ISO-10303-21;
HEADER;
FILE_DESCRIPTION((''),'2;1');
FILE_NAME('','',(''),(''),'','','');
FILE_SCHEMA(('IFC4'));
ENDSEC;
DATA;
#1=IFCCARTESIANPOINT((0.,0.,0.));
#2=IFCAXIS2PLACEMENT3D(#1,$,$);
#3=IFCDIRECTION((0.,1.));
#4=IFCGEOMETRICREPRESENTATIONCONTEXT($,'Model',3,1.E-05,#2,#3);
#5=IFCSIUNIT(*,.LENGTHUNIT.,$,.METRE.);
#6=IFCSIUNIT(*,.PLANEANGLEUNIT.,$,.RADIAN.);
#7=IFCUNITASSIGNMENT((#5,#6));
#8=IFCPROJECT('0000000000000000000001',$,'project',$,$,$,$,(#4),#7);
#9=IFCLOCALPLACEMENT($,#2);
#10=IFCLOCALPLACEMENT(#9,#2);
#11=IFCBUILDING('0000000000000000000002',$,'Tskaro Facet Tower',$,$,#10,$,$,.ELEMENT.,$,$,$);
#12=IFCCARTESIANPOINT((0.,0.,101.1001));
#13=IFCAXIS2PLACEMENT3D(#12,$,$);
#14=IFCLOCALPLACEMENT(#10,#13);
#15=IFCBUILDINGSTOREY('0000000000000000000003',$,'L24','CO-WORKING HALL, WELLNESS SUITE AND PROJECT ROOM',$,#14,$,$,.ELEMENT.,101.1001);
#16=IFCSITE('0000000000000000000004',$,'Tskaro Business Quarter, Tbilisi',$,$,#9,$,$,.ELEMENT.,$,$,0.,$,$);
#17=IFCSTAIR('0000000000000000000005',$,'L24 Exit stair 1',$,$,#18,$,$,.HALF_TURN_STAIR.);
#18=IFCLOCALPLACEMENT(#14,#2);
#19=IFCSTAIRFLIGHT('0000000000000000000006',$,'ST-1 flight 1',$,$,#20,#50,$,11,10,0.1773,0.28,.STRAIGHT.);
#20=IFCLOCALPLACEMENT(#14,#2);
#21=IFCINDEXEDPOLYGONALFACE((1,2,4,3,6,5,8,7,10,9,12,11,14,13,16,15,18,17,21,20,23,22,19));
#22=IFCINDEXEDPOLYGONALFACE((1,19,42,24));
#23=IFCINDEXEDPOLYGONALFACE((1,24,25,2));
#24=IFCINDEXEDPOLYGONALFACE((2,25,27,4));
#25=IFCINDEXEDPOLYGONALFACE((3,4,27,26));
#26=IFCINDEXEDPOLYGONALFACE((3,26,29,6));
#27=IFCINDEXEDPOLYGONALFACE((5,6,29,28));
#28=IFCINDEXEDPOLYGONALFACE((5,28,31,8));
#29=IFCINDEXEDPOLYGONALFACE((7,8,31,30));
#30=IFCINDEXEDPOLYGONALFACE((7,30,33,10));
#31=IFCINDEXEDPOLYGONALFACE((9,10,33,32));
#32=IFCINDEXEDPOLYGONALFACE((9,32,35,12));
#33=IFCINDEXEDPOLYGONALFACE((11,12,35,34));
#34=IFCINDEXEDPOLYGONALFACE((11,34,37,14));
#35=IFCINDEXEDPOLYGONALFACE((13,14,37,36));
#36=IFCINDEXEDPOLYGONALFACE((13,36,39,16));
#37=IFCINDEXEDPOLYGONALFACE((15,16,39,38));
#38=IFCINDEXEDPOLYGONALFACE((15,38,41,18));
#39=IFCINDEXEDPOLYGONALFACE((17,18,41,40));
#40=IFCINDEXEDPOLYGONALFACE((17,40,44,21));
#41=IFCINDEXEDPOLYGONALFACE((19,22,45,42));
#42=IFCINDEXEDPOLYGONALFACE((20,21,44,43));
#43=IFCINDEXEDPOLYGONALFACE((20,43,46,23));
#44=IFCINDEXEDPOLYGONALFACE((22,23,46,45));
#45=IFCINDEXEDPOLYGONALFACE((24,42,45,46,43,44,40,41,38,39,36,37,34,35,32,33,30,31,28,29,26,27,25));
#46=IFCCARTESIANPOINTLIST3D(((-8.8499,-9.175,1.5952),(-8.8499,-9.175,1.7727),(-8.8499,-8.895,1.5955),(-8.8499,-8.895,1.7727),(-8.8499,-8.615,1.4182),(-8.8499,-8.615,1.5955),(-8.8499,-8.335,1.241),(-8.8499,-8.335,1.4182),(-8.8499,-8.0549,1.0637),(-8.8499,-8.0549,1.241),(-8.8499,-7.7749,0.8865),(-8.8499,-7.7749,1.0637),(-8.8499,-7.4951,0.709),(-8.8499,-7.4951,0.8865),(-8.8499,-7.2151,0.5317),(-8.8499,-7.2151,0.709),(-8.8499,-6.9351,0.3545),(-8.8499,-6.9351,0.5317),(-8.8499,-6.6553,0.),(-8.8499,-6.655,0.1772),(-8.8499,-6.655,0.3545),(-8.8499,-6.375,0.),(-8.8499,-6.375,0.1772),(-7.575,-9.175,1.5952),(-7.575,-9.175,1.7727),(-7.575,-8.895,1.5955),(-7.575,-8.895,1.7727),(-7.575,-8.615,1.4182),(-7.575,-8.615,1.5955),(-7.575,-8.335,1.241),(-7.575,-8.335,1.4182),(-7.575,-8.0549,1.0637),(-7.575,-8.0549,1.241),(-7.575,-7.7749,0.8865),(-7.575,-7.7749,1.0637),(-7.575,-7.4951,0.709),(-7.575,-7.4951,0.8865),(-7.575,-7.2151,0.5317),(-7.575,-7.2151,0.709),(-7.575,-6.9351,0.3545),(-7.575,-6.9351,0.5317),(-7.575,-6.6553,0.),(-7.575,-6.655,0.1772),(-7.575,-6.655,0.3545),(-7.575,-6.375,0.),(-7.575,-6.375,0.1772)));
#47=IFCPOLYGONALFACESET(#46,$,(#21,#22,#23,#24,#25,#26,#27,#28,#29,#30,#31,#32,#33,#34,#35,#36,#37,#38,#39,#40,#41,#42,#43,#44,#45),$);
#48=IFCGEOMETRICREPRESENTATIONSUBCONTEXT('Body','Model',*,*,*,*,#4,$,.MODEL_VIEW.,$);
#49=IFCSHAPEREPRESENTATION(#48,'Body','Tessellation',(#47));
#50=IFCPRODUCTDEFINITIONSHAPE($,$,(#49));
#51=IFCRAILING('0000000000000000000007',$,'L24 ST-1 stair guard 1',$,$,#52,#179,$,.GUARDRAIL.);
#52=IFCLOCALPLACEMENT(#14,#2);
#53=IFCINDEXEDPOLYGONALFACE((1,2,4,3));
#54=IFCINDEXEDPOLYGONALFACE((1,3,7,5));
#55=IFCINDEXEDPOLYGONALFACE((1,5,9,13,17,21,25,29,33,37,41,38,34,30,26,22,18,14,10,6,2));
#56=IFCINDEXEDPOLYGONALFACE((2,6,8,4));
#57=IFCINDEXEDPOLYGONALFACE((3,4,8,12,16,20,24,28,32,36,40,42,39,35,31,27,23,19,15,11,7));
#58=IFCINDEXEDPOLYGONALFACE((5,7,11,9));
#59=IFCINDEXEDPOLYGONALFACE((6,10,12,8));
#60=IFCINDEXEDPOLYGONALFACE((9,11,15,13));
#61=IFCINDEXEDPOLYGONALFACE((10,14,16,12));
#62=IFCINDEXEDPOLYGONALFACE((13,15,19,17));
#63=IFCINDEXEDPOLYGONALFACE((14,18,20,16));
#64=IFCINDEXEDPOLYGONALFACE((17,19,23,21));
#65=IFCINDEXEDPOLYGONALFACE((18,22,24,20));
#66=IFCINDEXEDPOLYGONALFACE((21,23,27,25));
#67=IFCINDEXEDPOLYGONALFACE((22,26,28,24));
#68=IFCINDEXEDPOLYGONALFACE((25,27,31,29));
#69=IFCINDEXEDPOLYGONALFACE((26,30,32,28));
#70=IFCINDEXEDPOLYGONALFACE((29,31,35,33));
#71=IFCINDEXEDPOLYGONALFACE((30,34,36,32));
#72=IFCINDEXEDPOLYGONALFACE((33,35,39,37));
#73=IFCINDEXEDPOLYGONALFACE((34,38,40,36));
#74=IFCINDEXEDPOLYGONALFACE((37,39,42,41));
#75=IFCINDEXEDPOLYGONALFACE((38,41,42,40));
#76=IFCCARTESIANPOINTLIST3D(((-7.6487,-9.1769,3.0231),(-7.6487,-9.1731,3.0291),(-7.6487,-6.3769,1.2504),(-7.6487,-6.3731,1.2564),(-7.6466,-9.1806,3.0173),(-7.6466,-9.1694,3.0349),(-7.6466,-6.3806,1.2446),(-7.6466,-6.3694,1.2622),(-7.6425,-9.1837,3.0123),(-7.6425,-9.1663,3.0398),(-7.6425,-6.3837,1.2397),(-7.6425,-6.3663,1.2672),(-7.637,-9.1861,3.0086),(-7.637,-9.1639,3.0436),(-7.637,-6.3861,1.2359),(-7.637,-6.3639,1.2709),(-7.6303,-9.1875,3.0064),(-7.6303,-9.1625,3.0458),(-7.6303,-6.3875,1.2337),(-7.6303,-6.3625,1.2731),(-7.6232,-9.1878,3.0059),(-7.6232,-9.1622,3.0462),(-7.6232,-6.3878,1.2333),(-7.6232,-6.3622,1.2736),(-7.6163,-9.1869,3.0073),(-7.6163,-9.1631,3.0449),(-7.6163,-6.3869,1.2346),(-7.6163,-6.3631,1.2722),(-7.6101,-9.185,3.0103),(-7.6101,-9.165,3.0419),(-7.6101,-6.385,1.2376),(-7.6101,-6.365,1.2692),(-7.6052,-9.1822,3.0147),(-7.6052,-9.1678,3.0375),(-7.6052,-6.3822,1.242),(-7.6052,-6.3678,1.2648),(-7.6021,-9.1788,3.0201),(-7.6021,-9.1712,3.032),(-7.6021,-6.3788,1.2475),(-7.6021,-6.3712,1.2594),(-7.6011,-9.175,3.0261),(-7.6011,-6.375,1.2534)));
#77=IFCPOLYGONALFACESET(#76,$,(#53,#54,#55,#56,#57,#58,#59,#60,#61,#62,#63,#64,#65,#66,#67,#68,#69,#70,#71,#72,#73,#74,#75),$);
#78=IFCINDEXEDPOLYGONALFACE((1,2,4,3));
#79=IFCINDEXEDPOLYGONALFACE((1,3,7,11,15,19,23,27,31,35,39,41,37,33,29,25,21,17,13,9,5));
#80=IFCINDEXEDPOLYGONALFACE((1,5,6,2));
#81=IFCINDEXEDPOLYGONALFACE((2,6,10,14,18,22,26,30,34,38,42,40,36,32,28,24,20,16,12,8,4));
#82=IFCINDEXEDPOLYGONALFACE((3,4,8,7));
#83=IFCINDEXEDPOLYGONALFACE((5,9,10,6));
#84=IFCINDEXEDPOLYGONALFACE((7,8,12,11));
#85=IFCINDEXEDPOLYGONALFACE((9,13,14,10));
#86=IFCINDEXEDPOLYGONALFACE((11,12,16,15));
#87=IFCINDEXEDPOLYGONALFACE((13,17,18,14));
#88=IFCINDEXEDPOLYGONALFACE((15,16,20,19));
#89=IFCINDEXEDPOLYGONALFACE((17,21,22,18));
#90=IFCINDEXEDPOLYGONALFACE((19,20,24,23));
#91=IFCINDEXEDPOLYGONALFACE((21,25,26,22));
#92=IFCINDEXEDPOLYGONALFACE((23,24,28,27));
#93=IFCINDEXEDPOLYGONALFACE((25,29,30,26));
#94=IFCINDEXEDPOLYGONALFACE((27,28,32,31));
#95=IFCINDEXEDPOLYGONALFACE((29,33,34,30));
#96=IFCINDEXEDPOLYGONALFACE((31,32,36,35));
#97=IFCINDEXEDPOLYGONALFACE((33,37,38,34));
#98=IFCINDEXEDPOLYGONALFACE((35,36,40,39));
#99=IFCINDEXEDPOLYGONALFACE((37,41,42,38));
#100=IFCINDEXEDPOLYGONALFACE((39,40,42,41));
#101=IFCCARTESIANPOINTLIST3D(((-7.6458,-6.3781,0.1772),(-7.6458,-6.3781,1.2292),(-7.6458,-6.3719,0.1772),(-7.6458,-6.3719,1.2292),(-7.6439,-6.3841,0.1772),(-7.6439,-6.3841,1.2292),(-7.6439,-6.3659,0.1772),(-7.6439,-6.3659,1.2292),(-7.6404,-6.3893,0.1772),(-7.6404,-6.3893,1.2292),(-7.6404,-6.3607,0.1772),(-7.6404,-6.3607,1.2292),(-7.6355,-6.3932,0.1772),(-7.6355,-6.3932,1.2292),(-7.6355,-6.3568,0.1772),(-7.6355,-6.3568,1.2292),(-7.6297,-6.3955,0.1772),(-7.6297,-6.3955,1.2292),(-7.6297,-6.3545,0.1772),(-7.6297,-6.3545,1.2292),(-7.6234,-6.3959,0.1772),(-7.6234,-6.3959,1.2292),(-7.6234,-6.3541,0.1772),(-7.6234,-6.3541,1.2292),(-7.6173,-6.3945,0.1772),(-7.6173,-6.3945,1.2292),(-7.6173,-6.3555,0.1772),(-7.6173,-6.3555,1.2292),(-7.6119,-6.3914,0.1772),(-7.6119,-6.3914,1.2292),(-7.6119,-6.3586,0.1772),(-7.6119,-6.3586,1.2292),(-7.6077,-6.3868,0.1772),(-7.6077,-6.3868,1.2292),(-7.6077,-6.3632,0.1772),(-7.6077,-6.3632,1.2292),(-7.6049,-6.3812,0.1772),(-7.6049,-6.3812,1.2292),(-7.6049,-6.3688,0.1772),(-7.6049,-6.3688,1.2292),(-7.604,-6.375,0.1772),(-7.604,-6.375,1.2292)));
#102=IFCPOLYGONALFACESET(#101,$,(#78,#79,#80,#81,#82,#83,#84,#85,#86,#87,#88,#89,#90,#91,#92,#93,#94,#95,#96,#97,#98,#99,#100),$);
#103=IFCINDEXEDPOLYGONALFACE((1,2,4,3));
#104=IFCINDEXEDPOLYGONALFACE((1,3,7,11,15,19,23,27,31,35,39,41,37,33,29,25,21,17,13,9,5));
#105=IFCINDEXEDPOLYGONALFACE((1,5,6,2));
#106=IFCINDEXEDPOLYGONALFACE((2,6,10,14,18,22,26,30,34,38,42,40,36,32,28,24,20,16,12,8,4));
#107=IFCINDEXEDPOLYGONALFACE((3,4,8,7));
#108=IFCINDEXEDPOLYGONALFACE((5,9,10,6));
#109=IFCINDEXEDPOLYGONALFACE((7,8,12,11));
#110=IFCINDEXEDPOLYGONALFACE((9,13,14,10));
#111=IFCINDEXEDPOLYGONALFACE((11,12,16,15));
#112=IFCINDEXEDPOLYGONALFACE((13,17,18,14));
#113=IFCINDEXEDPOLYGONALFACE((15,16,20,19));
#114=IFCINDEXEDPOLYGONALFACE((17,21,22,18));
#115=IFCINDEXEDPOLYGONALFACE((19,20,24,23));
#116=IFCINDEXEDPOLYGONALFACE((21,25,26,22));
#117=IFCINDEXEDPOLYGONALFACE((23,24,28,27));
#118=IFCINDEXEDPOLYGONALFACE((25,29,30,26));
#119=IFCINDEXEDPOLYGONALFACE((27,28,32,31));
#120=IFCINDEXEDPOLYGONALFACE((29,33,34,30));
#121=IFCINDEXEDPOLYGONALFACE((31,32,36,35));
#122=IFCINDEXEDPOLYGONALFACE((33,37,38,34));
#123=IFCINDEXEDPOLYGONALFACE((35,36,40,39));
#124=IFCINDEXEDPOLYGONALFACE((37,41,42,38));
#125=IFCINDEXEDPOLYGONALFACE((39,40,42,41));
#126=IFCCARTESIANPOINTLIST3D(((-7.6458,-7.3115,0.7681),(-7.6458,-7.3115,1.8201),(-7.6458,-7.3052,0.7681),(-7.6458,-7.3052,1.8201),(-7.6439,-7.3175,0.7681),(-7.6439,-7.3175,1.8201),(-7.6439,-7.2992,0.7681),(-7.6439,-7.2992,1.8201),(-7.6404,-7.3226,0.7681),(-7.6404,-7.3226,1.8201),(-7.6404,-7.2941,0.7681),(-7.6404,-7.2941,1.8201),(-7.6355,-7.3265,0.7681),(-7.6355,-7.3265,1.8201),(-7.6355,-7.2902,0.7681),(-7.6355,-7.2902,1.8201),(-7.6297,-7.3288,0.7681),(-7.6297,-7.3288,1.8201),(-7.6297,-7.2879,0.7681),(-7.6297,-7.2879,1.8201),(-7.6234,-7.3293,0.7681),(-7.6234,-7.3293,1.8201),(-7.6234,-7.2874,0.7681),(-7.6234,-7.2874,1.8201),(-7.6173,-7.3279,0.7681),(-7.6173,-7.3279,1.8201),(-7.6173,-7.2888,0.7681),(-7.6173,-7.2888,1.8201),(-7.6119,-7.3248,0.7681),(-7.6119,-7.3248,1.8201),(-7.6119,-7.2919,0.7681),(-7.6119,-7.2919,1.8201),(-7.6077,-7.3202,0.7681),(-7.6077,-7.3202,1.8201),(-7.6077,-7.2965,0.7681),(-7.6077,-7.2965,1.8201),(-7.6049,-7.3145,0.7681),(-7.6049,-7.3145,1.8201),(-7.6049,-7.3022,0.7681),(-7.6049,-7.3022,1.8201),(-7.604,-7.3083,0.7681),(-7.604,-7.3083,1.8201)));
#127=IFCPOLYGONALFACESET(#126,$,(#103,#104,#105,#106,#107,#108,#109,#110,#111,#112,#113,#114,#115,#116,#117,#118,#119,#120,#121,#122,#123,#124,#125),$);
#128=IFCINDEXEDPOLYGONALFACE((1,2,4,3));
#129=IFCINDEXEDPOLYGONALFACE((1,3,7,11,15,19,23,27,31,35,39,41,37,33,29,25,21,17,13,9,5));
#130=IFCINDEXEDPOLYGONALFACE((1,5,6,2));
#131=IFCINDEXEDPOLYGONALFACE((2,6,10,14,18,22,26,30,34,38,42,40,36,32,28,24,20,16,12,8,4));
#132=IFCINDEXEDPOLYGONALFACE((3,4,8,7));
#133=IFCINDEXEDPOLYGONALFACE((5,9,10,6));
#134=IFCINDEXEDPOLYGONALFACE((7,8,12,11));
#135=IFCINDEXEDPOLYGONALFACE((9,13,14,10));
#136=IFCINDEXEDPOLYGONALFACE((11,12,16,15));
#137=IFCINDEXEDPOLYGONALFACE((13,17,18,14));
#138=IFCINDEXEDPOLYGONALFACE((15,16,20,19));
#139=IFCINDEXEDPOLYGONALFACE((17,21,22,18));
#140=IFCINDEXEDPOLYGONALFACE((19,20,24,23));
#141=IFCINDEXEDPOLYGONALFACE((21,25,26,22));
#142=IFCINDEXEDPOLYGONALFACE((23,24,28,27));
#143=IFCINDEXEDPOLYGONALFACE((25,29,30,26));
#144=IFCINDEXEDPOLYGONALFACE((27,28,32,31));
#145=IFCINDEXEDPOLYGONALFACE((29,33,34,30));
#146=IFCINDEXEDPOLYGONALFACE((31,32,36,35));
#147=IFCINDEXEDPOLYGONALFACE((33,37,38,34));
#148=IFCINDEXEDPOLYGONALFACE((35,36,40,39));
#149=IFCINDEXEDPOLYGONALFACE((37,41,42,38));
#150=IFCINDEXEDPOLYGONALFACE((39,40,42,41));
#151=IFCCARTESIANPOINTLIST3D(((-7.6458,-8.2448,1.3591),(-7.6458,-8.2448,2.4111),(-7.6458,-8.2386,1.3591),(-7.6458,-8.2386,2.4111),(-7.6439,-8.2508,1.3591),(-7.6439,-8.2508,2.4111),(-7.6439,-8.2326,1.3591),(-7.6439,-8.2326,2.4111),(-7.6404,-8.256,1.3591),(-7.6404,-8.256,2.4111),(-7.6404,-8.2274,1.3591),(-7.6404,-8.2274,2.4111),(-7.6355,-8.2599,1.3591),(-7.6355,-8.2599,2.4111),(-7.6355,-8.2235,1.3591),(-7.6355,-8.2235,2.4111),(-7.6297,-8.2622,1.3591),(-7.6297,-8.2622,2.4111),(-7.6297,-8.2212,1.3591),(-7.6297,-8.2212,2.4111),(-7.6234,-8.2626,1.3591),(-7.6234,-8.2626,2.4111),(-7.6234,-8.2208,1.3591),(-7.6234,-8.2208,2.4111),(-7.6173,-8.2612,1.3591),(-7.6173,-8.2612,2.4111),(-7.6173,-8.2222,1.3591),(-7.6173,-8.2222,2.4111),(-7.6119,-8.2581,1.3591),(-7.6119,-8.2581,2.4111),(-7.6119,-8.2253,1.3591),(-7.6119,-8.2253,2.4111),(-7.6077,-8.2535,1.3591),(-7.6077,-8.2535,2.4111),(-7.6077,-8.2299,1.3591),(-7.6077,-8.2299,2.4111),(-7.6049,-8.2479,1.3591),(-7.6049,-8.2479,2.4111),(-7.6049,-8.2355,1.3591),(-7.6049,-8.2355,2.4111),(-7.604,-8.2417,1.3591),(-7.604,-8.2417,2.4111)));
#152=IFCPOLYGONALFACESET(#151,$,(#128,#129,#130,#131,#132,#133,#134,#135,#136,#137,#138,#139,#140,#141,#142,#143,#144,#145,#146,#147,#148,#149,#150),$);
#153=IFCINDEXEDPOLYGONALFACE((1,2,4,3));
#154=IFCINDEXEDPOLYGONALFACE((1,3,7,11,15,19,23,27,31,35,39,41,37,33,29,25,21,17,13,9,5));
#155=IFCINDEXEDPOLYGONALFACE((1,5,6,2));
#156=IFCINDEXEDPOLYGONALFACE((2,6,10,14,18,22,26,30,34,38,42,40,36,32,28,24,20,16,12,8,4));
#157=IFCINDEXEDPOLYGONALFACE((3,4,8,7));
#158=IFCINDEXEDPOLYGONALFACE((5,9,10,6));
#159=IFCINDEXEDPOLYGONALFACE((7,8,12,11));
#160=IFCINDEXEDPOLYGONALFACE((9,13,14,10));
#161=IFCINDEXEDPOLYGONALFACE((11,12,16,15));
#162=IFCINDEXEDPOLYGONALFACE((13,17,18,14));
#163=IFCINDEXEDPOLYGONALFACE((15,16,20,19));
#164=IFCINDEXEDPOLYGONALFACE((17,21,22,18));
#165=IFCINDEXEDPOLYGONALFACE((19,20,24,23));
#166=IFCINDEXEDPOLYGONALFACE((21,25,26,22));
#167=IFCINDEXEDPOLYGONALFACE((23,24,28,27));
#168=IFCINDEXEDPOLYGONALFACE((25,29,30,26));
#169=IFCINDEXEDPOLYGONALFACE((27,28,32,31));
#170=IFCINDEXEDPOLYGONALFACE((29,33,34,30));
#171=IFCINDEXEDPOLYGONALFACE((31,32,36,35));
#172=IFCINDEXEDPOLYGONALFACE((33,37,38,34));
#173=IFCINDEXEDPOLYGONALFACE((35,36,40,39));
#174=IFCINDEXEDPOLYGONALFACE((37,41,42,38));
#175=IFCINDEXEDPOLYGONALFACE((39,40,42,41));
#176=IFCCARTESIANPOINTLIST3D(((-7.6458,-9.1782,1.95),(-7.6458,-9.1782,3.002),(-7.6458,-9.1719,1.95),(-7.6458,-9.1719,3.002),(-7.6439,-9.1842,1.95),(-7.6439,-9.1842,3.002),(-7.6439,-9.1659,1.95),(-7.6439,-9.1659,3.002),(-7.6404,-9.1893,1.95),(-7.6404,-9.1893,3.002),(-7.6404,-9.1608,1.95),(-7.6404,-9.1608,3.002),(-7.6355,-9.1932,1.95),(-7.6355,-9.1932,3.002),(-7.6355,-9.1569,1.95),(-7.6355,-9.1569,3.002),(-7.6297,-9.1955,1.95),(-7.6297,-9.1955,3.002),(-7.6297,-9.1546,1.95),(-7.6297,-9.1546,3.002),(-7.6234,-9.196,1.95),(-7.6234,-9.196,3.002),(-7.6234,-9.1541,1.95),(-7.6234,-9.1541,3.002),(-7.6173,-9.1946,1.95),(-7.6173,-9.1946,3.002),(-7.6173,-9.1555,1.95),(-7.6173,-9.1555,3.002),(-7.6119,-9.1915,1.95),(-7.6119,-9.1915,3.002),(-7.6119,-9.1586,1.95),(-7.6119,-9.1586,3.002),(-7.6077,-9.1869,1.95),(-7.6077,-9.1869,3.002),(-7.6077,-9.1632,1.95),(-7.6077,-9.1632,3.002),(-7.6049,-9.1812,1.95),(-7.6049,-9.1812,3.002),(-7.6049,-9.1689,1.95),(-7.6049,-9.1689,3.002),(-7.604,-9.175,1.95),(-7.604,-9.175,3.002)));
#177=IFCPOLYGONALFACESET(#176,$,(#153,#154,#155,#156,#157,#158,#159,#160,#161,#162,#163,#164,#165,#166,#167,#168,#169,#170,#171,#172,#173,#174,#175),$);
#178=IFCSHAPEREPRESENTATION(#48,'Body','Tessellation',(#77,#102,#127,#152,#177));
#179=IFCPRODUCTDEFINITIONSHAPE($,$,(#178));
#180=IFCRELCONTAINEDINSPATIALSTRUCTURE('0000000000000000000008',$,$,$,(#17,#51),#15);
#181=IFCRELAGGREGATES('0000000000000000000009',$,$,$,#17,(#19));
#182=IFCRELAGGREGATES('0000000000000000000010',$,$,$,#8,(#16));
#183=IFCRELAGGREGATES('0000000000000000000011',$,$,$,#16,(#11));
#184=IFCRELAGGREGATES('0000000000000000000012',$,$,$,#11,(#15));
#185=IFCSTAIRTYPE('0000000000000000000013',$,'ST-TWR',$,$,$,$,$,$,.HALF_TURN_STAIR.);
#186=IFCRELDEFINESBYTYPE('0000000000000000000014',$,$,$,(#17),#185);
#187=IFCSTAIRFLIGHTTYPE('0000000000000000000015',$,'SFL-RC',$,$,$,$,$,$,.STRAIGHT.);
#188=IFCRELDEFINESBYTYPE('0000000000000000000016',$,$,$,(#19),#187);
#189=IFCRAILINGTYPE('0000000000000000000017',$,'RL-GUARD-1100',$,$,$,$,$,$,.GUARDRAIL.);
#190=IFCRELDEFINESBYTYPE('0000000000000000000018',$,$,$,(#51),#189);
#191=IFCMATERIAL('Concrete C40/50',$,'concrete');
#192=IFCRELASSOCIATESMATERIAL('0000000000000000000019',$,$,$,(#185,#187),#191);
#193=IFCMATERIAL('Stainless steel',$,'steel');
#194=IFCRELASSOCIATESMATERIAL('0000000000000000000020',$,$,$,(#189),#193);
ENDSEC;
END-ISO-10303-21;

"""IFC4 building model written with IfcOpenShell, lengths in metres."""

from ifc_helpers import new_model, si_unit, direction, frame, origin, origin_2d, place, context, subcontext, project, spatial, polyline, circle, outline, extrude, material, type_object, element, aggregate, save


model = new_model("IFC4")

# Units and contexts
model_context = context("Model", 3, precision=1e-05, world=origin(), true_north=direction((0.0, 1.0)))
body_context = subcontext(model_context, "Body", "Model", "MODEL_VIEW")
ifc_project = project(units=[si_unit("LENGTHUNIT", "METRE"), si_unit("PLANEANGLEUNIT", "RADIAN")], contexts=[model_context])

# Site, building, storey
site_placement = place(None, origin())
site = spatial("IfcSite", under=ifc_project, at=site_placement, Name="Tskaro Business Quarter, Tbilisi", CompositionType="ELEMENT", RefElevation=0.0)
building_placement = place(site_placement, origin())
building = spatial("IfcBuilding", under=site, at=building_placement, Name="Tskaro Facet Tower", CompositionType="ELEMENT")
storey_placement = place(building_placement, frame((0.0, 0.0, 101.1001)))
storey = spatial("IfcBuildingStorey", under=building, at=storey_placement, Name="L24", Description="CO-WORKING HALL, WELLNESS SUITE AND PROJECT ROOM", CompositionType="ELEMENT", Elevation=101.1001)

# Shared definitions
ifc_material_1 = material(Name="Stainless steel", Category="steel")

# Stair, stair flight
ifc_material_2 = material(Name="Concrete C40/50", Category="concrete")
stair_type = type_object("IfcStairType", Name="ST-TWR", PredefinedType="HALF_TURN_STAIR", material=ifc_material_2)
stair_placement = place(storey_placement, origin())
stair = element("IfcStair", 1, at=stair_placement, inside=storey, type_object=stair_type, Name="L24 Exit stair 1", PredefinedType="HALF_TURN_STAIR")
stair_flight_type = type_object("IfcStairFlightType", Name="SFL-RC", PredefinedType="STRAIGHT", material=ifc_material_2)
stair_flight_placement = place(storey_placement, frame((-8.2124, -6.375, 0.0), z_axis=(0.0, 0.0, 1.0), x_axis=(0.0, -1.0, 0.0)))
stair_flight = element("IfcStairFlight", 2, at=stair_flight_placement, type_object=stair_flight_type, Name="ST-1 flight 1", NumberOfRisers=11, NumberOfTreads=10, PredefinedType="STRAIGHT", RiserHeight=0.1773, TreadLength=0.28, context=body_context, shape_type="SweptSolid", body=[
    extrude(outline(polyline([(0.0, 0.0), (0.0, 0.1772), (0.28, 0.1772), (0.28, 0.3545), (0.5601, 0.3545), (0.5601, 0.5317), (0.8401, 0.5317), (0.8401, 0.709), (1.1201, 0.709), (1.1201, 0.8865), (1.3999, 0.8865), (1.3999, 1.0637), (1.6799, 1.0637), (1.6799, 1.241), (1.96, 1.241), (1.96, 1.4182), (2.24, 1.4182), (2.24, 1.5955), (2.52, 1.5955), (2.52, 1.7727), (2.8, 1.7727), (2.8, 1.95), (2.8, 1.5952), (0.2803, 0.0), (0.0, 0.0)])), frame((0.0, 0.6375, 0.0), z_axis=(0.0, -1.0, 0.0), x_axis=(1.0, 0.0, 0.0)), (0.0, 0.0, 1.0), 1.2749),
])
aggregate(stair, [stair_flight])

# Railing
railing_type_1 = type_object("IfcRailingType", Name="RL-GUARD-1100", PredefinedType="GUARDRAIL", material=ifc_material_1)
railing_1_placement = place(storey_placement, frame((-7.625, -6.375, 0.1772)))
element("IfcRailing", 3, at=railing_1_placement, inside=storey, type_object=railing_type_1, Name="L24 ST-1 stair guard 1", PredefinedType="GUARDRAIL", context=body_context, shape_type="SweptSolid", body=[
    extrude(circle(Radius=0.0239, at=origin_2d()), frame((0.0, 0.0, 1.0762), z_axis=(0.0, -0.844909, 0.53491), x_axis=(1.0, 0.0, 0.0)), (0.0, 0.0, 1.0), 3.314),
    extrude(circle(Radius=0.021, at=origin_2d()), origin(), (0.0, 0.0, 1.0), 1.052),
    extrude(circle(Radius=0.021, at=origin_2d()), frame((0.0, -0.9333, 0.5908)), (0.0, 0.0, 1.0), 1.052),
    extrude(circle(Radius=0.021, at=origin_2d()), frame((0.0, -1.8667, 1.1819)), (0.0, 0.0, 1.0), 1.052),
    extrude(circle(Radius=0.021, at=origin_2d()), frame((0.0, -2.8, 1.7727)), (0.0, 0.0, 1.0), 1.052),
])

save(model, "model.ifc")
